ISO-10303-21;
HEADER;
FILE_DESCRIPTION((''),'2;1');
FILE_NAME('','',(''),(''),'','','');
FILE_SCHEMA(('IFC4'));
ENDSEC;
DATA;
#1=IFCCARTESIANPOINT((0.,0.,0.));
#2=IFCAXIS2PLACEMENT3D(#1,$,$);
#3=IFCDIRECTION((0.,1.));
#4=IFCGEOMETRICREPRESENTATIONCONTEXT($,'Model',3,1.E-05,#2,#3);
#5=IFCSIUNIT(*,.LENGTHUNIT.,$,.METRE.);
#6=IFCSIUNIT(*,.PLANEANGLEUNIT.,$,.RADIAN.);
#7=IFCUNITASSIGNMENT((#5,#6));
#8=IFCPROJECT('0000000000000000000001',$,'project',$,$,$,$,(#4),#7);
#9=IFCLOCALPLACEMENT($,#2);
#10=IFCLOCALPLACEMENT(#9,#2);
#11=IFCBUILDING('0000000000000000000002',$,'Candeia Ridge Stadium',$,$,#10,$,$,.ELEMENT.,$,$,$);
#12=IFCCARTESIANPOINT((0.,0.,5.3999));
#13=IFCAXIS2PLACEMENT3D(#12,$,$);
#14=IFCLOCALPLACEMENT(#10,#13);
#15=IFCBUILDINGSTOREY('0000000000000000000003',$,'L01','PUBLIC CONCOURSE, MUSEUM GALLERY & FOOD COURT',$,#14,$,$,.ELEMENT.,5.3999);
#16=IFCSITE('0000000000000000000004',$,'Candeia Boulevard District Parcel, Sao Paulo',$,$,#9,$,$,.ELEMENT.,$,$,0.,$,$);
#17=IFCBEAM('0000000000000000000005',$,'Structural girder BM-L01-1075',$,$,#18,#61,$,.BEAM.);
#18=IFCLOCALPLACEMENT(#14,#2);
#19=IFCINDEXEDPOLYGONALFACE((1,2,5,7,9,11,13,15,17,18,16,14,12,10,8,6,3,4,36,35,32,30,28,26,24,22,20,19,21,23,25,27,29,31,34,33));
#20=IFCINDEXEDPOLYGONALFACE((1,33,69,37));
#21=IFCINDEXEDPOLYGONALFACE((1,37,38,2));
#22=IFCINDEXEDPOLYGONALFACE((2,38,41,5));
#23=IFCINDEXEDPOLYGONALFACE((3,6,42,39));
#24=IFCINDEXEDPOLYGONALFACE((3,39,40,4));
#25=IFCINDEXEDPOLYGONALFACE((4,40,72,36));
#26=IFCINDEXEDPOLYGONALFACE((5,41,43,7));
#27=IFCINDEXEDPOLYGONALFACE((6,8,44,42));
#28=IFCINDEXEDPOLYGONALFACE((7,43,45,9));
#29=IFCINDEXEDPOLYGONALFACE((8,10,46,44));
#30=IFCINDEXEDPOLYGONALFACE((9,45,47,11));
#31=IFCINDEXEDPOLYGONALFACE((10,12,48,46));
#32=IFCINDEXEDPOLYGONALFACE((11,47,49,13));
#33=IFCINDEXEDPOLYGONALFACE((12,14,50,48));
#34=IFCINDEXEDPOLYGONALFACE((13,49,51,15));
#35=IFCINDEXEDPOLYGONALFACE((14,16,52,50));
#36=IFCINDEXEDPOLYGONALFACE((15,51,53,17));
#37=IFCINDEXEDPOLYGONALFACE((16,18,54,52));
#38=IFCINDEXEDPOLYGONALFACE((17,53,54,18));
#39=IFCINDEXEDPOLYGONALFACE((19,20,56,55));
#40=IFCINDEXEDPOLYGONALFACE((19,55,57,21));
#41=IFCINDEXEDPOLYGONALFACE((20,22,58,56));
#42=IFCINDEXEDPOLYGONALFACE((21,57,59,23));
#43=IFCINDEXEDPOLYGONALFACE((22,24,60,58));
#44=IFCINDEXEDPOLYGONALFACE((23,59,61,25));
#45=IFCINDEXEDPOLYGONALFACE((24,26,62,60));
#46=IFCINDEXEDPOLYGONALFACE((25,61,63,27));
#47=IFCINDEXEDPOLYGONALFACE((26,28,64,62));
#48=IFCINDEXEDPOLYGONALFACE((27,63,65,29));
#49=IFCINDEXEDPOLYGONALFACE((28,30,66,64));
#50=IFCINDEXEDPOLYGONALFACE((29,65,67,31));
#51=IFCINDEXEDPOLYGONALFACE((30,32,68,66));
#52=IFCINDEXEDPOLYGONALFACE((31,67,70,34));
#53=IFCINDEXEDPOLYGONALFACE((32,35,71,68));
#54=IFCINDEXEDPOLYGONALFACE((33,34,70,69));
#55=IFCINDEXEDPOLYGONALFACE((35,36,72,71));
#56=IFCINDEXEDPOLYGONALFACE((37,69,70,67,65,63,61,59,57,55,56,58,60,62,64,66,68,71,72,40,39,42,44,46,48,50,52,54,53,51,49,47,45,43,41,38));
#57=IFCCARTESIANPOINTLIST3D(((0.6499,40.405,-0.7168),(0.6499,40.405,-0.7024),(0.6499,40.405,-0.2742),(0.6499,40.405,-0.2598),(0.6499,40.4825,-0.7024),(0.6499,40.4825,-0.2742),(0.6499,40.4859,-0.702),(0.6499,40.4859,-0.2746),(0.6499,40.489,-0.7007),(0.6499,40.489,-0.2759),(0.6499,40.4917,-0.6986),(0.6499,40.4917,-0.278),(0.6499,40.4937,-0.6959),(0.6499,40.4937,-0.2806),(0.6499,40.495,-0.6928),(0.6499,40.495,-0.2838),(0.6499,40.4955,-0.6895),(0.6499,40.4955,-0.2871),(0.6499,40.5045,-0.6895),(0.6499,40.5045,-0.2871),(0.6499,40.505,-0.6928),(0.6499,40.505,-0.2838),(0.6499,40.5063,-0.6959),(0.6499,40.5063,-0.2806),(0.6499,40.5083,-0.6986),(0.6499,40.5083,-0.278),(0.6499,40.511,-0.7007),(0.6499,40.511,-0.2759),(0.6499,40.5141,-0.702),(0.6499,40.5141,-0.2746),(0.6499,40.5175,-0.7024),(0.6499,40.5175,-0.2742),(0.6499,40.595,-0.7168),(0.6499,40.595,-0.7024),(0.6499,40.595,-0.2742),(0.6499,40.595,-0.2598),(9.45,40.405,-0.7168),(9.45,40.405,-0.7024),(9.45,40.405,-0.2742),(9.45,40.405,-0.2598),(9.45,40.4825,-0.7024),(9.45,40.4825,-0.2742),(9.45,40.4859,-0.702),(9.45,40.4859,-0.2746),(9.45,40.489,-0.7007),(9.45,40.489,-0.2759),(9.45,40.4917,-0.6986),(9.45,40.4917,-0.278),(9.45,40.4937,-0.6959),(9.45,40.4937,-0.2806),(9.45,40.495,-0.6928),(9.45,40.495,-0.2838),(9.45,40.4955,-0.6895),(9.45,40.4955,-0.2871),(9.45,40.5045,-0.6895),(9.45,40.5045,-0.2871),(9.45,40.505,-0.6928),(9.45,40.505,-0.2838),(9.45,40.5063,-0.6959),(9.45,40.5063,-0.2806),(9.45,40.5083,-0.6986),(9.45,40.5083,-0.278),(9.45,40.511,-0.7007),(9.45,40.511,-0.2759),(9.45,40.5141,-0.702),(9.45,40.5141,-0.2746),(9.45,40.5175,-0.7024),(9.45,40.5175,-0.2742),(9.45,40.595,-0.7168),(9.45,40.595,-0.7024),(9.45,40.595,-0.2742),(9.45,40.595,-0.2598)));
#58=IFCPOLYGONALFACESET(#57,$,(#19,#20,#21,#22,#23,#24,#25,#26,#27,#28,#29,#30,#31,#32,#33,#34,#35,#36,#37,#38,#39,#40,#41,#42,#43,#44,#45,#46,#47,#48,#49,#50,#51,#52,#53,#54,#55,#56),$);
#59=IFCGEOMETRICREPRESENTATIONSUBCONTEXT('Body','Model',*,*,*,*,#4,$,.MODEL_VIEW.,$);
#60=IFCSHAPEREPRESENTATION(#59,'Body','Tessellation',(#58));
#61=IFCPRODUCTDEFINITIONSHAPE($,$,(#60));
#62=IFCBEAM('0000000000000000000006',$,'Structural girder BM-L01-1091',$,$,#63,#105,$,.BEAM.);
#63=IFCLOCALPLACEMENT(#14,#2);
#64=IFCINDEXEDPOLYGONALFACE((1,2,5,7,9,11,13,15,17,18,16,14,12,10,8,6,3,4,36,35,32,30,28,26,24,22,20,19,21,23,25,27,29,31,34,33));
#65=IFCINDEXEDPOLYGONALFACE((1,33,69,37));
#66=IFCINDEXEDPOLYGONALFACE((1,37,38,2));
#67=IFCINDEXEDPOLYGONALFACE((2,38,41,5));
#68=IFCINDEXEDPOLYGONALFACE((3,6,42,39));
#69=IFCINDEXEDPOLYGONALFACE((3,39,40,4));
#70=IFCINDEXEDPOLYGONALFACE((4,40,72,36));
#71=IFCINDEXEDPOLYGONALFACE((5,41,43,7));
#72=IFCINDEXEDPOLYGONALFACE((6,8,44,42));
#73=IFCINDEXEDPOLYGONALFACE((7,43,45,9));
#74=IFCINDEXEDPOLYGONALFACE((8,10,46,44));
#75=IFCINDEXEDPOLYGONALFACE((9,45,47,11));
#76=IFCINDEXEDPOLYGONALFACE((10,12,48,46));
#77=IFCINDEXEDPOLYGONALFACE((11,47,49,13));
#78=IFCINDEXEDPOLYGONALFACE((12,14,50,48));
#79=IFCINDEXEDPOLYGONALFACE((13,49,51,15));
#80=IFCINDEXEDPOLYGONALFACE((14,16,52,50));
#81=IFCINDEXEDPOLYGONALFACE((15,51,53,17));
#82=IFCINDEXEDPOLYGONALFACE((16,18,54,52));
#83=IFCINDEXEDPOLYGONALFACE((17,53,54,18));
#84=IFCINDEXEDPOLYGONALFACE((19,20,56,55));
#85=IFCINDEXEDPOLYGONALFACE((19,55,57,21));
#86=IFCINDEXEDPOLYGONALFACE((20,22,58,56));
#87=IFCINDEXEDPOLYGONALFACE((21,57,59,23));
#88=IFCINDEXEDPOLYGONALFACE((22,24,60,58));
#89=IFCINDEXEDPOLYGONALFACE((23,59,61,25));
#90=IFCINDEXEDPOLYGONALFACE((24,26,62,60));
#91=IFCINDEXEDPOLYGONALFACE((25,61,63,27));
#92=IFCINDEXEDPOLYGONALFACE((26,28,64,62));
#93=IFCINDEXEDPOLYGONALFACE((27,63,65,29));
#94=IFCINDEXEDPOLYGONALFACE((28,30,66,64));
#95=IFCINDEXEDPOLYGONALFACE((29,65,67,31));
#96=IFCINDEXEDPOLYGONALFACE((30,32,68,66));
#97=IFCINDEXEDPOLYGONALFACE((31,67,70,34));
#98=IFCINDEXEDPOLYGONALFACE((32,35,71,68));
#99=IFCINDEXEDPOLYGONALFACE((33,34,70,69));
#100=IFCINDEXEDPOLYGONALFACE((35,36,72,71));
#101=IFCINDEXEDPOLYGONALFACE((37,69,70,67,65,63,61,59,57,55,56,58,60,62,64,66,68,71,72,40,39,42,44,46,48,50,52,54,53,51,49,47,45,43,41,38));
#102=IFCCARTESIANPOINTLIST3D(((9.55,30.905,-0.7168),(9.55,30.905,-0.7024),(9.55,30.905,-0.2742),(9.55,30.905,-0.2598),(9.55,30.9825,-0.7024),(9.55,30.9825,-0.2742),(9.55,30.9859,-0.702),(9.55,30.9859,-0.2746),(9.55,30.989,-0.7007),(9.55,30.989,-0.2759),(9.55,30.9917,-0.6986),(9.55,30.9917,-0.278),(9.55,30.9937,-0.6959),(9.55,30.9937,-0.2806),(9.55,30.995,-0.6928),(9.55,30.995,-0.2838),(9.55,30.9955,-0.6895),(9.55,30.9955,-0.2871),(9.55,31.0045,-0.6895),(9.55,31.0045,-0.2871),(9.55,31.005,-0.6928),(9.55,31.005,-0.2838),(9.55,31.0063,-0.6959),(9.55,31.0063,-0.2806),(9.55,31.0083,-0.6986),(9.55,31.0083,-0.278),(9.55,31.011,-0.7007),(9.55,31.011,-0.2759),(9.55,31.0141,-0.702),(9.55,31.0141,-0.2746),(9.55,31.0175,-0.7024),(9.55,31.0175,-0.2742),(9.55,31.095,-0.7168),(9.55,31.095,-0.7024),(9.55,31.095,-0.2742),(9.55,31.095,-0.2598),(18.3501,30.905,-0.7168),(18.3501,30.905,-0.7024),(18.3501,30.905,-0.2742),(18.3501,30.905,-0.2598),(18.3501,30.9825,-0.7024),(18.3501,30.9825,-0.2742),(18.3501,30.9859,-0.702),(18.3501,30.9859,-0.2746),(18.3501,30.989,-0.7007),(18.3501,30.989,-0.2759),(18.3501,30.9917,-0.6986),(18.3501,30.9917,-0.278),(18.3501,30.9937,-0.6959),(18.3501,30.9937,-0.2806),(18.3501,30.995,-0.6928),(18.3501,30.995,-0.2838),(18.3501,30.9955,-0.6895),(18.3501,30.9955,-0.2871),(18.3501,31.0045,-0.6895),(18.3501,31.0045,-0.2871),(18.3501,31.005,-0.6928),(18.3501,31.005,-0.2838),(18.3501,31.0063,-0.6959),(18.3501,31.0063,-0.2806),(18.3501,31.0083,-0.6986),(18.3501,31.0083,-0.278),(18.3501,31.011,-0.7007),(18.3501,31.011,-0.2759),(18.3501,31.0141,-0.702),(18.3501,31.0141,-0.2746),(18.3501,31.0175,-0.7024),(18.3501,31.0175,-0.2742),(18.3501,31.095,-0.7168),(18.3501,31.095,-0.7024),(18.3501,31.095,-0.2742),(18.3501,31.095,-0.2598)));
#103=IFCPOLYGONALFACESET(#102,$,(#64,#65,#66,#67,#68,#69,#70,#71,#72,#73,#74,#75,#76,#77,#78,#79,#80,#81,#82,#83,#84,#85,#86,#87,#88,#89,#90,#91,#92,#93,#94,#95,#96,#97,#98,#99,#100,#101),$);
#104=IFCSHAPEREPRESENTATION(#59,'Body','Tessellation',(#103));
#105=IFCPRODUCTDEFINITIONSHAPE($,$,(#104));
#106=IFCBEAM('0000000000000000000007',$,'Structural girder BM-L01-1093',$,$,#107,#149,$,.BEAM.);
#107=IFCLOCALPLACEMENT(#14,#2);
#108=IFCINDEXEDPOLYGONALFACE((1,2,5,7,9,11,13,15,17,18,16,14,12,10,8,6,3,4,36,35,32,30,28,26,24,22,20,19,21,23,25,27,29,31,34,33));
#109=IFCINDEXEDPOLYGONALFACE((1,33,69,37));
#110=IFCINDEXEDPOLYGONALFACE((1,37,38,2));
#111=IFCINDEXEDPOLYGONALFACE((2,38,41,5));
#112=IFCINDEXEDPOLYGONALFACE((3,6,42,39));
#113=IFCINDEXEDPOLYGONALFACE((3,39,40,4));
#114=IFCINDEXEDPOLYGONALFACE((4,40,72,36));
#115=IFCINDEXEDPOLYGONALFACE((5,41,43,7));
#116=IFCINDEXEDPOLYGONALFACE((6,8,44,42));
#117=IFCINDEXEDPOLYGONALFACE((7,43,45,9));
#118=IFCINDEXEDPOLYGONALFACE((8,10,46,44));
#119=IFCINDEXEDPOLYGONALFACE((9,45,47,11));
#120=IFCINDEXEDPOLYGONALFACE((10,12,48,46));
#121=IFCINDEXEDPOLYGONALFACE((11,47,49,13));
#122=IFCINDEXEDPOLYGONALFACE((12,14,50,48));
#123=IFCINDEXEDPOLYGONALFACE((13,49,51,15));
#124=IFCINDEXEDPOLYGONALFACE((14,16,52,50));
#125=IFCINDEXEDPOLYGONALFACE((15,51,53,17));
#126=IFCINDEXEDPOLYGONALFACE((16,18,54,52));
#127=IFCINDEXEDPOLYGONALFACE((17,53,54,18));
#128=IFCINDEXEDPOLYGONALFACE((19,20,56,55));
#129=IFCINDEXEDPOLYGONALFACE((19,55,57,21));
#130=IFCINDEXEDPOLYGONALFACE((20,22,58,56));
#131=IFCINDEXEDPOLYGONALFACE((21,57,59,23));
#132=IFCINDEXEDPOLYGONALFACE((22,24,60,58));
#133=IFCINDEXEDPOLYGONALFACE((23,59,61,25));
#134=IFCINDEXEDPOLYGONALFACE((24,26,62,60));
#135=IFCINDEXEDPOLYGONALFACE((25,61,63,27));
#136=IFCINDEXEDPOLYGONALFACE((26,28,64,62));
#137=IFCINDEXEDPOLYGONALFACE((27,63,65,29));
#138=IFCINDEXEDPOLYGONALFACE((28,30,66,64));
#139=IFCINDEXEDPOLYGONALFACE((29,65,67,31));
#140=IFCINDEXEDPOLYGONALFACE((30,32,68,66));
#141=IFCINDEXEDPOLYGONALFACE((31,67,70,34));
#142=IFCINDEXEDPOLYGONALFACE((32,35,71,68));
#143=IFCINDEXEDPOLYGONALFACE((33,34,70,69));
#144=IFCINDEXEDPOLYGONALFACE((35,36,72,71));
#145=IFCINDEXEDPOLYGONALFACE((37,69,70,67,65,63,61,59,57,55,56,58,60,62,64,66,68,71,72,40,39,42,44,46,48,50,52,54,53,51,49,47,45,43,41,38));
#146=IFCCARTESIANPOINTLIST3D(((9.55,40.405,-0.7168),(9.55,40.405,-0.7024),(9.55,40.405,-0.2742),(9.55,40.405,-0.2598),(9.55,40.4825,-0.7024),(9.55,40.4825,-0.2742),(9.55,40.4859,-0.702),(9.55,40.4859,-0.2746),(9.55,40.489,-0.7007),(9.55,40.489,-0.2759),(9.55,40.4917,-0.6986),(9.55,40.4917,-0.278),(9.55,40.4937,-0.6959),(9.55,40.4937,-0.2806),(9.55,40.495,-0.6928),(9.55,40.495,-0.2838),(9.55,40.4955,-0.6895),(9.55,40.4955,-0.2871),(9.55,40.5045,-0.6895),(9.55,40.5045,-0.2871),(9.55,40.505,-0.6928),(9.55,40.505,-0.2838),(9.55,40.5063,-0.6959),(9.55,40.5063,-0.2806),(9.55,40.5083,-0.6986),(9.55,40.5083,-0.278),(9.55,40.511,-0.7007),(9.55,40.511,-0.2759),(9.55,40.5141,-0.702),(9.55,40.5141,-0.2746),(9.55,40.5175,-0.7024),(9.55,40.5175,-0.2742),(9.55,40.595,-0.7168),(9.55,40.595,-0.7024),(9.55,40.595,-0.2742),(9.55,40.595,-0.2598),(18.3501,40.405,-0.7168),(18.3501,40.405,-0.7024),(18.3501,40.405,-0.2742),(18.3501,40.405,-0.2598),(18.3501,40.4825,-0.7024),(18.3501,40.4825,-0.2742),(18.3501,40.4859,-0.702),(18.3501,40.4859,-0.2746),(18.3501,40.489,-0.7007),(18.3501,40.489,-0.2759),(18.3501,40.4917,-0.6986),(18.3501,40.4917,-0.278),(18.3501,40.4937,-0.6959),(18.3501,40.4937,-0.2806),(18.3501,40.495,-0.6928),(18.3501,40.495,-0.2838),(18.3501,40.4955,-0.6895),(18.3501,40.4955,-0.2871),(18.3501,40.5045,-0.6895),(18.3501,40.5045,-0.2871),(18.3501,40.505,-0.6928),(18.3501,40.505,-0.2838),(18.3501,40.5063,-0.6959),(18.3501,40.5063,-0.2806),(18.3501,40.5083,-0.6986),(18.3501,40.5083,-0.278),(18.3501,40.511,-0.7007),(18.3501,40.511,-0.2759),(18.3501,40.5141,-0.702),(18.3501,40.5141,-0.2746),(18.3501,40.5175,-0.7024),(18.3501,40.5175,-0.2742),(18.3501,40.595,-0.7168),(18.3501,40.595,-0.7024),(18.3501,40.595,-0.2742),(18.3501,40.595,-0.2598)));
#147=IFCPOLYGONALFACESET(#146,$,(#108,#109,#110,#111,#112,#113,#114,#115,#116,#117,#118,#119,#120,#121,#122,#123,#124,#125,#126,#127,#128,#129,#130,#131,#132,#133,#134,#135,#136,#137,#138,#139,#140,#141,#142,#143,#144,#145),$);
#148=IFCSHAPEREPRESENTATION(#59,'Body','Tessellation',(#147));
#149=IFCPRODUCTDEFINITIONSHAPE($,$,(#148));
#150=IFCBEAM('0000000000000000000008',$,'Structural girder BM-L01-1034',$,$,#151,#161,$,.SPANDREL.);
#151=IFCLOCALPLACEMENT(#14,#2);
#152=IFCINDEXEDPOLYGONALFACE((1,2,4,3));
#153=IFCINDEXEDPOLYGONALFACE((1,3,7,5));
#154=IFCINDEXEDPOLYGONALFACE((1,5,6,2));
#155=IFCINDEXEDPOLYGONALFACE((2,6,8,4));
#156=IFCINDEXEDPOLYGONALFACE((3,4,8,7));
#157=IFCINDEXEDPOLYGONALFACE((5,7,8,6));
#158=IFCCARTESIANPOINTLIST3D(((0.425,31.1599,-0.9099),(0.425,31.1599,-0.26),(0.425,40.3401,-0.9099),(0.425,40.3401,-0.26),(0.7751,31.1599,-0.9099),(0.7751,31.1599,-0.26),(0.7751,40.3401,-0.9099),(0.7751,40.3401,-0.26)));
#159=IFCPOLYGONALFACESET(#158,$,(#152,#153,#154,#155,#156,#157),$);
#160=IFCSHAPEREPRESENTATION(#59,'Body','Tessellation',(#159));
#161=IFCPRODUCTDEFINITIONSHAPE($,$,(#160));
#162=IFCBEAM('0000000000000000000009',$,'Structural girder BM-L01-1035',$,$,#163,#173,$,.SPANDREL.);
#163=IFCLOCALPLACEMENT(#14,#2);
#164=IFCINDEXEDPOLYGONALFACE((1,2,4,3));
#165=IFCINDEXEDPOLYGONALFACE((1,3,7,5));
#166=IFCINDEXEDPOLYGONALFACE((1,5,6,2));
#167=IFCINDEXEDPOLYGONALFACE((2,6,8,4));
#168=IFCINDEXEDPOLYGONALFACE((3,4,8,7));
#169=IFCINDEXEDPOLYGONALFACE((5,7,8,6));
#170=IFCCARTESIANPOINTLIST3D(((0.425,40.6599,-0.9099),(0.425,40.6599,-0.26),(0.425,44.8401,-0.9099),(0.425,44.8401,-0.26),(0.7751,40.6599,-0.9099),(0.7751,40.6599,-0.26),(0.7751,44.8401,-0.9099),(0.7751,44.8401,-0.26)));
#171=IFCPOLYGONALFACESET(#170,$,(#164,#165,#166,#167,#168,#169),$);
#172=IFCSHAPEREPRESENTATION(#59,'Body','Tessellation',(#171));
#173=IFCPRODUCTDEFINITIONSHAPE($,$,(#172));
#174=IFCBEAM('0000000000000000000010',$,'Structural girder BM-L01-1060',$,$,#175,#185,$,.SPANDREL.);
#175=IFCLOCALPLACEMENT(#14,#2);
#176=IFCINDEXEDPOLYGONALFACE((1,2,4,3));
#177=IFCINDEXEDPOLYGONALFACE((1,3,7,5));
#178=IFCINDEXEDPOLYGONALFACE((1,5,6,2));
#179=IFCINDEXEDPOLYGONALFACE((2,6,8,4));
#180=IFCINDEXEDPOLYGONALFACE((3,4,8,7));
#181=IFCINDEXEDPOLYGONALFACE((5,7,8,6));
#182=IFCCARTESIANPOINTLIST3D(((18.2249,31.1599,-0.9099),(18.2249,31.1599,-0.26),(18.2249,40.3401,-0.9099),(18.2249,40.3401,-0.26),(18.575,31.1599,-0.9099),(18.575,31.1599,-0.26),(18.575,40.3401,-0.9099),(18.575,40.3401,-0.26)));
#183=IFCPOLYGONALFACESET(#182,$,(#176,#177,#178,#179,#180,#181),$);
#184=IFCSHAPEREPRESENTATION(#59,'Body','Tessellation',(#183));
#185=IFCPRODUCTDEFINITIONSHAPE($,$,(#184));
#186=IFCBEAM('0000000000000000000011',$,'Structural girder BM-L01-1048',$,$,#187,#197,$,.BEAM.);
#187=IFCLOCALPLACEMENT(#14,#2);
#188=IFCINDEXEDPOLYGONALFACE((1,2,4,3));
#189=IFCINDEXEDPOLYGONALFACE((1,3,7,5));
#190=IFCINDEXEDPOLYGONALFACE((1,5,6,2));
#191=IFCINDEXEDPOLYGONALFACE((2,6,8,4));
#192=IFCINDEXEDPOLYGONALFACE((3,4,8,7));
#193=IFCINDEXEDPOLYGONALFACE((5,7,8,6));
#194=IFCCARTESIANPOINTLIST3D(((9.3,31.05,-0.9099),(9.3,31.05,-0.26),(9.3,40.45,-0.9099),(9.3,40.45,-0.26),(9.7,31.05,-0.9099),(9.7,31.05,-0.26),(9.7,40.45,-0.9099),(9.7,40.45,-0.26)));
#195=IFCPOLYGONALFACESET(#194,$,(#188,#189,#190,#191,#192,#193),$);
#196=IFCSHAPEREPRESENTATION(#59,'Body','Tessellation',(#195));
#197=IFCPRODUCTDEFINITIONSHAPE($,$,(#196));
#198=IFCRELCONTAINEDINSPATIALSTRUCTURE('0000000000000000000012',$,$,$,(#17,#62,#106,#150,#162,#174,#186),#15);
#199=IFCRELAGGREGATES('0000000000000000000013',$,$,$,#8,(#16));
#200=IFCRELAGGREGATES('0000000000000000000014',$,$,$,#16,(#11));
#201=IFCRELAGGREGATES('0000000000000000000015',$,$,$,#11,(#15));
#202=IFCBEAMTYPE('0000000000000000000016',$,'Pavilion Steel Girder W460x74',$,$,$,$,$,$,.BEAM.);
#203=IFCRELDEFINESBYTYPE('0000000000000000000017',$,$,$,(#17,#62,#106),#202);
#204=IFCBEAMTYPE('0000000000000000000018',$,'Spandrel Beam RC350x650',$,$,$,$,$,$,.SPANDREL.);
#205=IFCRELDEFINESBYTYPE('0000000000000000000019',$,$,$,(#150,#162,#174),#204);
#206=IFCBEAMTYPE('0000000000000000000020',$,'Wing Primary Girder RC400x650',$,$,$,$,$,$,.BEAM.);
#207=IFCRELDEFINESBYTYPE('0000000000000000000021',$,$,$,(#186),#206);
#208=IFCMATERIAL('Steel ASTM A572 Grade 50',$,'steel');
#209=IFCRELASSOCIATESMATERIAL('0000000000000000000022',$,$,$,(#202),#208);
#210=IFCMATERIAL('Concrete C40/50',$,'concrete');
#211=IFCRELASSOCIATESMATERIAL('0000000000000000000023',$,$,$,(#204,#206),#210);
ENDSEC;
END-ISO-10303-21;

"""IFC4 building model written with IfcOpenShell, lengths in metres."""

from ifc_helpers import new_model, si_unit, direction, frame, origin, origin_2d, place, context, subcontext, project, spatial, rectangle, i_section, extrude, material, material_profile, profile_set, type_object, element, save


model = new_model("IFC4")

# Units and contexts
model_context = context("Model", 3, precision=1e-05, world=origin(), true_north=direction((0.0, 1.0)))
body_context = subcontext(model_context, "Body", "Model", "MODEL_VIEW")
ifc_project = project(units=[si_unit("LENGTHUNIT", "METRE"), si_unit("PLANEANGLEUNIT", "RADIAN")], contexts=[model_context])

# Site, building, storey
site_placement = place(None, origin())
site = spatial("IfcSite", under=ifc_project, at=site_placement, Name="Candeia Boulevard District Parcel, Sao Paulo", CompositionType="ELEMENT", RefElevation=0.0)
building_placement = place(site_placement, origin())
building = spatial("IfcBuilding", under=site, at=building_placement, Name="Candeia Ridge Stadium", CompositionType="ELEMENT")
storey_placement = place(building_placement, frame((0.0, 0.0, 5.3999)))
storey = spatial("IfcBuildingStorey", under=building, at=storey_placement, Name="L01", Description="PUBLIC CONCOURSE, MUSEUM GALLERY & FOOD COURT", CompositionType="ELEMENT", Elevation=5.3999)

# Shared definitions
ifc_material_1 = material(Name="Concrete C40/50", Category="concrete")

# Beams
ifc_material_2 = material(Name="Steel ASTM A572 Grade 50", Category="steel")
ifc_material_profile_1 = material_profile(ifc_material_2, i_section(OverallWidth=0.1899, OverallDepth=0.457, WebThickness=0.009, FlangeThickness=0.0144, FilletRadius=0.0129, at=origin_2d()), Name="W460x74", Category="steel")
ifc_profile_set_1 = profile_set([ifc_material_profile_1], Name="Steel ASTM A572 Grade 50")
beam_type_1 = type_object("IfcBeamType", Name="Pavilion Steel Girder W460x74", PredefinedType="BEAM", material=ifc_profile_set_1)
for number, where, z_axis, x_axis, name in (
    (1, (0.6499, 40.5, -0.4883), (1.0, 0.0, 0.0), (0.0, 1.0, 0.0), "Structural girder BM-L01-1075"),
    (2, (9.55, 31.0, -0.4883), (1.0, 0.0, 0.0), (0.0, 1.0, 0.0), "Structural girder BM-L01-1091"),
    (3, (9.55, 40.5, -0.4883), (1.0, 0.0, 0.0), (0.0, 1.0, 0.0), "Structural girder BM-L01-1093"),
):
    element("IfcBeam", number, at=place(storey_placement, frame(where, z_axis=z_axis, x_axis=x_axis)), inside=storey, type_object=beam_type_1, Name=name, PredefinedType="BEAM", context=body_context, shape_type="SweptSolid", body=[
        extrude(i_section(OverallWidth=0.1899, OverallDepth=0.457, WebThickness=0.009, FlangeThickness=0.0144, FilletRadius=0.0129, at=origin_2d()), origin(), (0.0, 0.0, 1.0), 8.8),
    ])
ifc_material_profile_2 = material_profile(ifc_material_1, rectangle(XDim=0.3501, YDim=0.6499, at=origin_2d()), Name="RC350x650", Category="concrete")
ifc_profile_set_2 = profile_set([ifc_material_profile_2], Name="Concrete C40/50")
beam_type_2 = type_object("IfcBeamType", Name="Spandrel Beam RC350x650", PredefinedType="SPANDREL", material=ifc_profile_set_2)
beam_1_placement = place(storey_placement, frame((0.6001, 31.1599, -0.585), z_axis=(0.0, 1.0, 0.0), x_axis=(-1.0, 0.0, 0.0)))
element("IfcBeam", 4, at=beam_1_placement, inside=storey, type_object=beam_type_2, Name="Structural girder BM-L01-1034", PredefinedType="SPANDREL", context=body_context, shape_type="SweptSolid", body=[
    extrude(rectangle(XDim=0.3501, YDim=0.6499, at=origin_2d()), origin(), (0.0, 0.0, 1.0), 9.1802),
])
beam_2_placement = place(storey_placement, frame((0.6001, 40.6599, -0.585), z_axis=(0.0, 1.0, 0.0), x_axis=(-1.0, 0.0, 0.0)))
element("IfcBeam", 5, at=beam_2_placement, inside=storey, type_object=beam_type_2, Name="Structural girder BM-L01-1035", PredefinedType="SPANDREL", context=body_context, shape_type="SweptSolid", body=[
    extrude(rectangle(XDim=0.3501, YDim=0.6499, at=origin_2d()), origin(), (0.0, 0.0, 1.0), 4.1802),
])
beam_3_placement = place(storey_placement, frame((18.3999, 31.1599, -0.585), z_axis=(0.0, 1.0, 0.0), x_axis=(-1.0, 0.0, 0.0)))
element("IfcBeam", 6, at=beam_3_placement, inside=storey, type_object=beam_type_2, Name="Structural girder BM-L01-1060", PredefinedType="SPANDREL", context=body_context, shape_type="SweptSolid", body=[
    extrude(rectangle(XDim=0.3501, YDim=0.6499, at=origin_2d()), origin(), (0.0, 0.0, 1.0), 9.1802),
])
ifc_material_profile_3 = material_profile(ifc_material_1, rectangle(XDim=0.3999, YDim=0.6499, at=origin_2d()), Name="RC400x650", Category="concrete")
ifc_profile_set_3 = profile_set([ifc_material_profile_3], Name="Concrete C40/50")
beam_type_3 = type_object("IfcBeamType", Name="Wing Primary Girder RC400x650", PredefinedType="BEAM", material=ifc_profile_set_3)
beam_4_placement = place(storey_placement, frame((9.5, 31.05, -0.585), z_axis=(0.0, 1.0, 0.0), x_axis=(-1.0, 0.0, 0.0)))
element("IfcBeam", 7, at=beam_4_placement, inside=storey, type_object=beam_type_3, Name="Structural girder BM-L01-1048", PredefinedType="BEAM", context=body_context, shape_type="SweptSolid", body=[
    extrude(rectangle(XDim=0.3999, YDim=0.6499, at=origin_2d()), origin(), (0.0, 0.0, 1.0), 9.3999),
])

save(model, "model.ifc")
